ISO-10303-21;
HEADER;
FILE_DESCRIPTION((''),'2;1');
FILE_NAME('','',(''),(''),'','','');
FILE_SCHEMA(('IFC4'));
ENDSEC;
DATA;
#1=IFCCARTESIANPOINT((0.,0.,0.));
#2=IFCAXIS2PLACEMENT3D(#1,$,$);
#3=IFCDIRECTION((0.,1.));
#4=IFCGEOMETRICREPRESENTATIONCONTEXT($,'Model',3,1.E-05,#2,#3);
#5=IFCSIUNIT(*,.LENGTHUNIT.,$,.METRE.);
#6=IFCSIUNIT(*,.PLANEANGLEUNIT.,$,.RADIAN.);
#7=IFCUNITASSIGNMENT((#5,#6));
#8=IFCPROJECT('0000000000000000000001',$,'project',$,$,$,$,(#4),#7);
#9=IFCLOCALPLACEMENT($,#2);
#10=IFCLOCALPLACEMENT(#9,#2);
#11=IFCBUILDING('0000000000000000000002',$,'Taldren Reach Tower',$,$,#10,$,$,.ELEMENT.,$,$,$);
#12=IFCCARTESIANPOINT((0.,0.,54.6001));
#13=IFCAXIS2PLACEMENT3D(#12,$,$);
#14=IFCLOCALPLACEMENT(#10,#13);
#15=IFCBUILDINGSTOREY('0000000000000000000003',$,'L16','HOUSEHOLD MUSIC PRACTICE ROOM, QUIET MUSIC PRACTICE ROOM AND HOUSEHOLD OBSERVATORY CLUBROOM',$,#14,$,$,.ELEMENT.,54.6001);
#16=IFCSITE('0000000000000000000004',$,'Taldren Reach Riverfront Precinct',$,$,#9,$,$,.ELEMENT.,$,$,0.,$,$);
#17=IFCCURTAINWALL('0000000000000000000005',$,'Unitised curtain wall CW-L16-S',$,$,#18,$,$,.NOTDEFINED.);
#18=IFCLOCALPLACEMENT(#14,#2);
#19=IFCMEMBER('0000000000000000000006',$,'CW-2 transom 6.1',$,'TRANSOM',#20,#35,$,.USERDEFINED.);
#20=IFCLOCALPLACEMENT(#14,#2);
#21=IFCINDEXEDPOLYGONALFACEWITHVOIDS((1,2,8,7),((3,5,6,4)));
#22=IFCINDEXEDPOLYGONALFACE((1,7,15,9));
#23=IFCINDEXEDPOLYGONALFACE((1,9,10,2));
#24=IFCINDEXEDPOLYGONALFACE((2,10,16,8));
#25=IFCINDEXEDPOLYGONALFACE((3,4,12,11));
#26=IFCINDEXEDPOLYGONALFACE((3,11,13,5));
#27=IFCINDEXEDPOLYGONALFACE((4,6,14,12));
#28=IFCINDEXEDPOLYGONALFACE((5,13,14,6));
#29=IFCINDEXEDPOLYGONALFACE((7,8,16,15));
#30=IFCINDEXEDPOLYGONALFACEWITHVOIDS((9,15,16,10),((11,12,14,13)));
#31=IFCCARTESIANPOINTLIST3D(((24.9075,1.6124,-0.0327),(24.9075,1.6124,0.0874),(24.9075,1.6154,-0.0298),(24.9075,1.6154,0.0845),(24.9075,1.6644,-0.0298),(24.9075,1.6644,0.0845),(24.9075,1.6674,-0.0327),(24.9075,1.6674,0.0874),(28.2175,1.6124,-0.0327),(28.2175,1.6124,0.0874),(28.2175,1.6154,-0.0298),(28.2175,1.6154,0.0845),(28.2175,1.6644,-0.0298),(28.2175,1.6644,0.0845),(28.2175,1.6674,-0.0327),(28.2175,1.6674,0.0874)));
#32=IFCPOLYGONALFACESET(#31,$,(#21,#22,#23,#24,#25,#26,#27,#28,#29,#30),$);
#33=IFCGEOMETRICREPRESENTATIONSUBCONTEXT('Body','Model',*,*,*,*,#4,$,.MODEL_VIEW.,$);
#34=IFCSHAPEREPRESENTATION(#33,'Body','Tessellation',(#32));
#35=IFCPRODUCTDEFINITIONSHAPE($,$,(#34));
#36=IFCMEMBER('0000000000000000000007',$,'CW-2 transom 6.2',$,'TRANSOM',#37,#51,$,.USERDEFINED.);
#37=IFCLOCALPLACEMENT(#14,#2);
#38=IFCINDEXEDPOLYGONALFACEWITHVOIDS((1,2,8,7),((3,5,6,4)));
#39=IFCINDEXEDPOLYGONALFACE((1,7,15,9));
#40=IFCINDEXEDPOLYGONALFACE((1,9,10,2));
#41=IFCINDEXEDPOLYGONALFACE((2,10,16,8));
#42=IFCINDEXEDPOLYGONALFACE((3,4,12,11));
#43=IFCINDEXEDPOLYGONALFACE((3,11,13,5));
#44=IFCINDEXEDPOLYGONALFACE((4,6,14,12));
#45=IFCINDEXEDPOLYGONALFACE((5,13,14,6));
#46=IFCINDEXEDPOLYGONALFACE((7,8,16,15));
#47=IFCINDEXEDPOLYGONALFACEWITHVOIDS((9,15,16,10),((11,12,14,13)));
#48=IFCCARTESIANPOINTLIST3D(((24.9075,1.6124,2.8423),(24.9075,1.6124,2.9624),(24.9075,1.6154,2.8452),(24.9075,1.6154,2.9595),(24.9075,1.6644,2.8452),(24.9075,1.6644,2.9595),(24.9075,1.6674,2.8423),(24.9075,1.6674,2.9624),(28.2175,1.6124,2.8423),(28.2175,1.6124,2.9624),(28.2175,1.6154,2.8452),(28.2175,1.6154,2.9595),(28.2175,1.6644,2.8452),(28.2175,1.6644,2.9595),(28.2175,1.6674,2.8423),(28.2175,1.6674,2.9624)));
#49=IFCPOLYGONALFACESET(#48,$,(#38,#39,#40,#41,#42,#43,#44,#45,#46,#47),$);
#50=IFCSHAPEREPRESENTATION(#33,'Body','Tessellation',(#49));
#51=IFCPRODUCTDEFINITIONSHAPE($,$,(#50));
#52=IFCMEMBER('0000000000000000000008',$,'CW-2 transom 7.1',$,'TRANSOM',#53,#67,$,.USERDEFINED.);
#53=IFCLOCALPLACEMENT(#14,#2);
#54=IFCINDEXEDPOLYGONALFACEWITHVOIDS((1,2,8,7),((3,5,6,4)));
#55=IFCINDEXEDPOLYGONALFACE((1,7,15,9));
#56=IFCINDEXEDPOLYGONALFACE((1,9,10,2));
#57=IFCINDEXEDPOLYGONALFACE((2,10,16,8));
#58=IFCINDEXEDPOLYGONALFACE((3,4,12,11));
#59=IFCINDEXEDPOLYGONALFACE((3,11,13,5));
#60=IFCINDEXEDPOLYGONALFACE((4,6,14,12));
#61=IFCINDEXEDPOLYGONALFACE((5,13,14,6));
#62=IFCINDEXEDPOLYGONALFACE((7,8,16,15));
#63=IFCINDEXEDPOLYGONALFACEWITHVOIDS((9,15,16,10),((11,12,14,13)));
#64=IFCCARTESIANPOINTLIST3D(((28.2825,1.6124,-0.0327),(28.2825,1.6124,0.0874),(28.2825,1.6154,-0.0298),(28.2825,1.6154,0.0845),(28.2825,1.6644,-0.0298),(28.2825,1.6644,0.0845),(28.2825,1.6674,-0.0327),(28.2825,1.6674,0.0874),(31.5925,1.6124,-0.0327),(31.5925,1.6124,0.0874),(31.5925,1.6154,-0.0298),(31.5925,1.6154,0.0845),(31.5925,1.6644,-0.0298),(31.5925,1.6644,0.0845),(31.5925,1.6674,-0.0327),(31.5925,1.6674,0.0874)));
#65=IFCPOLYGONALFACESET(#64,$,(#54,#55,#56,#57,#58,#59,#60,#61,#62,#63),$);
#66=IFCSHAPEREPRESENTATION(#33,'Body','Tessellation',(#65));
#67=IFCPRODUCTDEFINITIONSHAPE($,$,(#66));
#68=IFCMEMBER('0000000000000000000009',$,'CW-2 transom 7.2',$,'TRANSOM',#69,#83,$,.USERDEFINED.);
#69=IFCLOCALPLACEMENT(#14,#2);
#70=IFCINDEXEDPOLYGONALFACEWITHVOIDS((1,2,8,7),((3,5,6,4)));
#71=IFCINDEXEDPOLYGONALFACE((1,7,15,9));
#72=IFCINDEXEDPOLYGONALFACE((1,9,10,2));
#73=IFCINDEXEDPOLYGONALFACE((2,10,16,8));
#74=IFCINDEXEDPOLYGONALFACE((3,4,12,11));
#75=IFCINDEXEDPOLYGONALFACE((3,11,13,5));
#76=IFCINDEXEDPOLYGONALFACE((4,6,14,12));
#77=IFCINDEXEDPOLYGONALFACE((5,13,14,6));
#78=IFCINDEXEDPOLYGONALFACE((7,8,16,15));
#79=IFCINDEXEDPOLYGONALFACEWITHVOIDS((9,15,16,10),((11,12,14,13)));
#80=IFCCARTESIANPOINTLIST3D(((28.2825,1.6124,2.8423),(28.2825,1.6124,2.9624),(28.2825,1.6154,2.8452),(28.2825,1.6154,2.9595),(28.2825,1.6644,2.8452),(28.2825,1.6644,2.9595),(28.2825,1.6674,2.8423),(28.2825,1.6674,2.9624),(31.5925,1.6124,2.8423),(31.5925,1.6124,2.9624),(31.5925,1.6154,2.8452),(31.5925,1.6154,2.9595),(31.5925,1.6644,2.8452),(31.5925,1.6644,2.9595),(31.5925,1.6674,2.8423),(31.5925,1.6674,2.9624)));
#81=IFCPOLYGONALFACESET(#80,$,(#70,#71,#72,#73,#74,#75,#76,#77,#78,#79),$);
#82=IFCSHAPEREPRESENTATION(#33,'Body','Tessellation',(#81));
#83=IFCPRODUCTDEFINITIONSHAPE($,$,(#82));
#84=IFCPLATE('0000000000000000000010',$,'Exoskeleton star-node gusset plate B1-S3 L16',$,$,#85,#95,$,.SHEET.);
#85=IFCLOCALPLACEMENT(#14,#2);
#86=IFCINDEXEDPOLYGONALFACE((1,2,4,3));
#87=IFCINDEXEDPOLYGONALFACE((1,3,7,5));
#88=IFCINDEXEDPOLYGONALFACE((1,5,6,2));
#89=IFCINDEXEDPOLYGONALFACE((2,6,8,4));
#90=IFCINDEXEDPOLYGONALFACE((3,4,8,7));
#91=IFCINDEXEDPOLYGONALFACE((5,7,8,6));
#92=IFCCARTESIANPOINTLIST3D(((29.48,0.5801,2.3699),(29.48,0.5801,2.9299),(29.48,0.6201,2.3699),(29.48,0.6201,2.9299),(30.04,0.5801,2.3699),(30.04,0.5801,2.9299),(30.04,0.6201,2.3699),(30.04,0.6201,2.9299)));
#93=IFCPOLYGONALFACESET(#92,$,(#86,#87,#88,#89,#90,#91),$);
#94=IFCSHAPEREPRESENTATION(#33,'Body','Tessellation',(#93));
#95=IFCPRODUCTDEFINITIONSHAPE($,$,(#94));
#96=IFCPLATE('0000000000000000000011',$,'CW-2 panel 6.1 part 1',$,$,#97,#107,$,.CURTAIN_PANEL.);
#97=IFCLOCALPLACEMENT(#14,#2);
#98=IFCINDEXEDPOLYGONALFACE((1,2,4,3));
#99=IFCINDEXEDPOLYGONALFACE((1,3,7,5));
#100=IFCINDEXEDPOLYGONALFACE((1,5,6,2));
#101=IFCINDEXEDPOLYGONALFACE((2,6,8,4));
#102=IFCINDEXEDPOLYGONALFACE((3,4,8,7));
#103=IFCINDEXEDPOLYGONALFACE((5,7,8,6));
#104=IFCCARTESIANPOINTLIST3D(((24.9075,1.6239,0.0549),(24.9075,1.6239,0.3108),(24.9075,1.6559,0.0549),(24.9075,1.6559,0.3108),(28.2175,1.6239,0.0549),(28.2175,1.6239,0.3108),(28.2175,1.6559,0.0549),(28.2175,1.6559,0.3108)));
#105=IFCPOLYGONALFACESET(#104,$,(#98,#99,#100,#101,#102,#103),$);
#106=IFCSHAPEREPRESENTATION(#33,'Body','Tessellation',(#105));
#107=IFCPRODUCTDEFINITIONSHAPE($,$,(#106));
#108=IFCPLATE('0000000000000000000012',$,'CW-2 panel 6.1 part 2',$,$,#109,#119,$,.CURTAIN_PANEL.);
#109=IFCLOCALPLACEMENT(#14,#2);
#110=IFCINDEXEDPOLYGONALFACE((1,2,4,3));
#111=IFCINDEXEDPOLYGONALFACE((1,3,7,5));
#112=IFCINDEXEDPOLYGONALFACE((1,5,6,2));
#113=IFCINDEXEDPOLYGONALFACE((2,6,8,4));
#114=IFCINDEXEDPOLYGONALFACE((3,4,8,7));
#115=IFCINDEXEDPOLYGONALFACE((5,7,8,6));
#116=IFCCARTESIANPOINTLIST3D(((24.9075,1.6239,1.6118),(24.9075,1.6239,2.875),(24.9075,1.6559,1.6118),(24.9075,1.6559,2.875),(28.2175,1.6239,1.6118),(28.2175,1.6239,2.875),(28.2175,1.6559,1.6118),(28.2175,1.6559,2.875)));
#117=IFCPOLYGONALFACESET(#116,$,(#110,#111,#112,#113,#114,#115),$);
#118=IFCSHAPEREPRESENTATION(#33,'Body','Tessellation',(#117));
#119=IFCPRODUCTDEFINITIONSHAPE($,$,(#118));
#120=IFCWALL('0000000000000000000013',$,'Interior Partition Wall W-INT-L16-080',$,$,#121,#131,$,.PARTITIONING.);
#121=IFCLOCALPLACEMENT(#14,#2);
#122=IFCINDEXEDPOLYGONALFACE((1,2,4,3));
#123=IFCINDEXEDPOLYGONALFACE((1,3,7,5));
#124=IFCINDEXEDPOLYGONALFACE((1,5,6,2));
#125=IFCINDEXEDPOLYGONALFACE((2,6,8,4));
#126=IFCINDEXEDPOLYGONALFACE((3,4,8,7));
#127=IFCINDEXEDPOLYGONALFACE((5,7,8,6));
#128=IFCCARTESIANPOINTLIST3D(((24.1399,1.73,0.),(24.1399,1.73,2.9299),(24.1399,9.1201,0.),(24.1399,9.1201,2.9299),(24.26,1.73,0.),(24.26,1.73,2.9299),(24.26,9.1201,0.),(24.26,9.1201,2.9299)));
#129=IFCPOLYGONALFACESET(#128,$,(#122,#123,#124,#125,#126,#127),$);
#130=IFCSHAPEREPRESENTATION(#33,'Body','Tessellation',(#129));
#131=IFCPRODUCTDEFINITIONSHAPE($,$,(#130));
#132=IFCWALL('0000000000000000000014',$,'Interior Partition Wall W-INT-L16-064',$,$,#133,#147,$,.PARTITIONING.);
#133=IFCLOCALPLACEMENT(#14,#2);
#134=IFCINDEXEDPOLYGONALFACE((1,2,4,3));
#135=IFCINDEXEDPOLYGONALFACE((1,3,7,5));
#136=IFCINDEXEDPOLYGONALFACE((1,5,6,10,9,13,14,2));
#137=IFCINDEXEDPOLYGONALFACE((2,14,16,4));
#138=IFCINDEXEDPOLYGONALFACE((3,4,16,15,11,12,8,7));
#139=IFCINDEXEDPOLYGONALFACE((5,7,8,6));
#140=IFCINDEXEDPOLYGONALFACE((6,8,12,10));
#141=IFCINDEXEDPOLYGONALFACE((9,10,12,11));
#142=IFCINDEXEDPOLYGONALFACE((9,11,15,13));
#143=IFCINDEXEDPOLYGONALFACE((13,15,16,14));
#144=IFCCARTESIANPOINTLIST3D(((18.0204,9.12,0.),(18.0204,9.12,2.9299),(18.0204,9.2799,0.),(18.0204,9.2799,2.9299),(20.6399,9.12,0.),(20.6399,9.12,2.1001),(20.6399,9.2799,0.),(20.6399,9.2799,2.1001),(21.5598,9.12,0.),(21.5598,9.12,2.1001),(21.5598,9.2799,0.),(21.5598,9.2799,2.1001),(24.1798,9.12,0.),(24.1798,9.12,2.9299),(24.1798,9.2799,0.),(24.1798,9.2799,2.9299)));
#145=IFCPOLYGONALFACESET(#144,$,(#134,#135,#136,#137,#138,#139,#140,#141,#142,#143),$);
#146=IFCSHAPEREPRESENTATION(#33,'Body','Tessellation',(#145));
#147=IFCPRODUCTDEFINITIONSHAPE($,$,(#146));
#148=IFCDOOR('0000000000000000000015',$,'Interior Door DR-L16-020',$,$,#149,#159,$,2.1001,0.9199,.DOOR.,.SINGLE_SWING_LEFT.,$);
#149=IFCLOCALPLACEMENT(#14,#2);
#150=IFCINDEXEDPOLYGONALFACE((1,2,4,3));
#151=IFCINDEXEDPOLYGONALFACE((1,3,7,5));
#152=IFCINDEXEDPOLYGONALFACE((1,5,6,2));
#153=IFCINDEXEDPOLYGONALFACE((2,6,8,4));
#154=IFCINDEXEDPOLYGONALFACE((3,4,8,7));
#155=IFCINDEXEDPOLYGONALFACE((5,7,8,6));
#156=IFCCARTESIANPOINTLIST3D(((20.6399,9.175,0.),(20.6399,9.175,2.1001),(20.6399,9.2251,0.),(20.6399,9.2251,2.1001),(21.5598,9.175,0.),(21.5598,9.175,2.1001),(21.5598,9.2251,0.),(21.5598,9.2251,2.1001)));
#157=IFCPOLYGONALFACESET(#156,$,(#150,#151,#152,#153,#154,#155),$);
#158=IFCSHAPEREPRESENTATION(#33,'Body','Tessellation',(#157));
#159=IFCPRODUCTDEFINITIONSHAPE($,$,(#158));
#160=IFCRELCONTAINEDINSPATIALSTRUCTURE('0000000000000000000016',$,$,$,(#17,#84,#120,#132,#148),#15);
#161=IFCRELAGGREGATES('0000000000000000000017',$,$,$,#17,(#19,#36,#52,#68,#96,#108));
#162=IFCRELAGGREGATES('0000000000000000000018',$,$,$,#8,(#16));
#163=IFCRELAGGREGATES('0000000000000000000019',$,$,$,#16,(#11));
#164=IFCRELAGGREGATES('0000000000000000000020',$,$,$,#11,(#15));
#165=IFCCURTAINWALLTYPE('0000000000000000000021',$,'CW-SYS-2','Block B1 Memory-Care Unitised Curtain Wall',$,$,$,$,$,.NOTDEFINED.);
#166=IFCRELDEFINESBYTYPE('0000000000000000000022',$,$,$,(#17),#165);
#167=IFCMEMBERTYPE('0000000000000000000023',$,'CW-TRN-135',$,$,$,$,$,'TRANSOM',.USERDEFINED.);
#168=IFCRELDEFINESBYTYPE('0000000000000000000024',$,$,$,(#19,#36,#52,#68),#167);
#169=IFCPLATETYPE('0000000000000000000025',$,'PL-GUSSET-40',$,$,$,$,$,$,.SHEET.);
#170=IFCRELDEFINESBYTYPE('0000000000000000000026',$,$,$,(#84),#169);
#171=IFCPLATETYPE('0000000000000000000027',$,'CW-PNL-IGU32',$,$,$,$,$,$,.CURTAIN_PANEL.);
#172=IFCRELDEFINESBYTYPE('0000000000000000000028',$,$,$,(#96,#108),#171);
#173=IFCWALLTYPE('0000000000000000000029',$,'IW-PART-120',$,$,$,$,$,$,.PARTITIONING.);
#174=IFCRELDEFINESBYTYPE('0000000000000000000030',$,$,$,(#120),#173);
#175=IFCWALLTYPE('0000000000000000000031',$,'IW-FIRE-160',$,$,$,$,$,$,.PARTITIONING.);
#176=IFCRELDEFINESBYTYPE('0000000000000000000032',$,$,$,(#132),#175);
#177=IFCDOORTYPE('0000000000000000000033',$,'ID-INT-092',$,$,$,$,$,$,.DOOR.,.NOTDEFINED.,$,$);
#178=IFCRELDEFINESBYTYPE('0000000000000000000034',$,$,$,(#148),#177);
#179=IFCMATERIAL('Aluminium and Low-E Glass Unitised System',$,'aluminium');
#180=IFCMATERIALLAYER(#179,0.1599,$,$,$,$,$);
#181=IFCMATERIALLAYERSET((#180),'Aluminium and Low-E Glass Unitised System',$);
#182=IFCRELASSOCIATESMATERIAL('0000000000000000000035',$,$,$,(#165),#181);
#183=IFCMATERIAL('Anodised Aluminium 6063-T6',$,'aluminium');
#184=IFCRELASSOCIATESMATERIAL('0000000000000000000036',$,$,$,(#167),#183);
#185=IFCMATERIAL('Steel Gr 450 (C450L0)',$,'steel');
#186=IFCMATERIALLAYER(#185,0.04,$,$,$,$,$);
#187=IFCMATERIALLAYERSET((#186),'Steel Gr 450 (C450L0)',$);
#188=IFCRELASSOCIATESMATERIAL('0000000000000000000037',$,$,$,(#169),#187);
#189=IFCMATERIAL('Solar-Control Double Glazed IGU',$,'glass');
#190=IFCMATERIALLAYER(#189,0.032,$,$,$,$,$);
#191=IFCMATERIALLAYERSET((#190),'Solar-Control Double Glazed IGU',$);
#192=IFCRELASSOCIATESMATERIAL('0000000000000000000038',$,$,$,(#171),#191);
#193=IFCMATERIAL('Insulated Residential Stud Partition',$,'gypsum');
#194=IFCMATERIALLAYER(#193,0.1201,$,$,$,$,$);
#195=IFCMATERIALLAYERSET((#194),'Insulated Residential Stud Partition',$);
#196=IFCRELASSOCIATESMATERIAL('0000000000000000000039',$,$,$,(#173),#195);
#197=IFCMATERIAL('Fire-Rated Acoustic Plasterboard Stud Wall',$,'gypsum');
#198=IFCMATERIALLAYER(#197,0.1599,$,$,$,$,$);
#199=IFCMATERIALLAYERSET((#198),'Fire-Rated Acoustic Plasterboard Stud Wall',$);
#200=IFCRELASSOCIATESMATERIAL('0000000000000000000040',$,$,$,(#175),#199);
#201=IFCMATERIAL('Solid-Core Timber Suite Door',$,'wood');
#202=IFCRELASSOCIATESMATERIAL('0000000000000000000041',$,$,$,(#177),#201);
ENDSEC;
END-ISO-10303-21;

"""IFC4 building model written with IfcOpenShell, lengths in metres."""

from ifc_helpers import new_model, si_unit, direction, frame, frame_2d, origin, origin_2d, place, context, subcontext, project, spatial, rectangle, hollow_rectangle, extrude, source, transform, mapped, material, layer, layer_set, material_profile, profile_set, type_object, element, fill, aggregate, save


model = new_model("IFC4")

# Units and contexts
model_context = context("Model", 3, precision=1e-05, world=origin(), true_north=direction((0.0, 1.0)))
body_context = subcontext(model_context, "Body", "Model", "MODEL_VIEW")
ifc_project = project(units=[si_unit("LENGTHUNIT", "METRE"), si_unit("PLANEANGLEUNIT", "RADIAN")], contexts=[model_context])

# Site, building, storey
site_placement = place(None, origin())
site = spatial("IfcSite", under=ifc_project, at=site_placement, Name="Taldren Reach Riverfront Precinct", CompositionType="ELEMENT", RefElevation=0.0)
building_placement = place(site_placement, origin())
building = spatial("IfcBuilding", under=site, at=building_placement, Name="Taldren Reach Tower", CompositionType="ELEMENT")
storey_placement = place(building_placement, frame((0.0, 0.0, 54.6001)))
storey = spatial("IfcBuildingStorey", under=building, at=storey_placement, Name="L16", Description="HOUSEHOLD MUSIC PRACTICE ROOM, QUIET MUSIC PRACTICE ROOM AND HOUSEHOLD OBSERVATORY CLUBROOM", CompositionType="ELEMENT", Elevation=54.6001)

# Shared definitions
ifc_material_1 = material(Name="Steel Gr 450 (C450L0)", Category="steel")

# Curtain wall, members
ifc_material_2 = material(Name="Aluminium and Low-E Glass Unitised System", Category="aluminium")
ifc_layer_1 = layer(ifc_material_2, 0.1599)
ifc_layer_set_1 = layer_set([ifc_layer_1], Name="Aluminium and Low-E Glass Unitised System")
curtain_wall_type = type_object("IfcCurtainWallType", Name="CW-SYS-2", Description="Block B1 Memory-Care Unitised Curtain Wall", PredefinedType="NOTDEFINED", material=ifc_layer_set_1)
curtain_wall_placement = place(storey_placement, origin())
curtain_wall = element("IfcCurtainWall", 1, at=curtain_wall_placement, inside=storey, type_object=curtain_wall_type, Name="Unitised curtain wall CW-L16-S", PredefinedType="NOTDEFINED")
ifc_material_3 = material(Name="Anodised Aluminium 6063-T6", Category="aluminium")
ifc_material_profile_1 = material_profile(ifc_material_3, hollow_rectangle(XDim=0.0549, YDim=0.1201, WallThickness=0.0029, at=origin_2d()), Name="ALU-120x55x3RHS")
ifc_profile_set_1 = profile_set([ifc_material_profile_1], Name="Anodised Aluminium 6063-T6")
member_type_1 = type_object("IfcMemberType", Name="CW-TRN-135", ElementType="TRANSOM", PredefinedType="USERDEFINED", material=ifc_profile_set_1)
shared_shape_1 = source(origin(), body_context, "Body", "SweptSolid", [
    extrude(hollow_rectangle(XDim=0.0549, YDim=0.1201, WallThickness=0.0029, at=origin_2d()), origin(), (0.0, 0.0, 1.0), 3.3101),
])
member_1_placement = place(storey_placement, frame((24.9075, 1.6399, 0.0273), z_axis=(1.0, 0.0, 0.0), x_axis=(0.0, 1.0, 0.0)))
member_1 = element("IfcMember", 2, at=member_1_placement, type_object=member_type_1, Name="CW-2 transom 6.1", ObjectType="TRANSOM", PredefinedType="USERDEFINED", context=body_context, shape_type="MappedRepresentation", body=[
    mapped(shared_shape_1, transform((0.0, 0.0, 0.0), scale=1.0)),
])
member_2_placement = place(storey_placement, frame((24.9075, 1.6399, 2.9023), z_axis=(1.0, 0.0, 0.0), x_axis=(0.0, 1.0, 0.0)))
member_2 = element("IfcMember", 3, at=member_2_placement, type_object=member_type_1, Name="CW-2 transom 6.2", ObjectType="TRANSOM", PredefinedType="USERDEFINED", context=body_context, shape_type="MappedRepresentation", body=[
    mapped(shared_shape_1, transform((0.0, 0.0, 0.0), scale=1.0)),
])
member_3_placement = place(storey_placement, frame((28.2825, 1.6399, 0.0273), z_axis=(1.0, 0.0, 0.0), x_axis=(0.0, 1.0, 0.0)))
member_3 = element("IfcMember", 4, at=member_3_placement, type_object=member_type_1, Name="CW-2 transom 7.1", ObjectType="TRANSOM", PredefinedType="USERDEFINED", context=body_context, shape_type="MappedRepresentation", body=[
    mapped(shared_shape_1, transform((0.0, 0.0, 0.0), scale=1.0)),
])
member_4_placement = place(storey_placement, frame((28.2825, 1.6399, 2.9023), z_axis=(1.0, 0.0, 0.0), x_axis=(0.0, 1.0, 0.0)))
member_4 = element("IfcMember", 5, at=member_4_placement, type_object=member_type_1, Name="CW-2 transom 7.2", ObjectType="TRANSOM", PredefinedType="USERDEFINED", context=body_context, shape_type="MappedRepresentation", body=[
    mapped(shared_shape_1, transform((0.0, 0.0, 0.0), scale=1.0)),
])

# Plates
ifc_layer_2 = layer(ifc_material_1, 0.04)
ifc_layer_set_2 = layer_set([ifc_layer_2], Name="Steel Gr 450 (C450L0)")
plate_type_1 = type_object("IfcPlateType", Name="PL-GUSSET-40", PredefinedType="SHEET", material=ifc_layer_set_2)
shared_shape_2 = source(origin(), body_context, "Body", "SweptSolid", [
    extrude(rectangle(XDim=0.5601, YDim=0.04, at=origin_2d()), origin(), (0.0, 0.0, 1.0), 0.5601),
])
plate_1_placement = place(storey_placement, frame((29.76, 0.6001, 2.3699), z_axis=(0.0, 0.0, 1.0), x_axis=(1.0, 0.0, 0.0)))
element("IfcPlate", 6, at=plate_1_placement, inside=storey, type_object=plate_type_1, Name="Exoskeleton star-node gusset plate B1-S3 L16", PredefinedType="SHEET", context=body_context, shape_type="MappedRepresentation", body=[
    mapped(shared_shape_2, transform((0.0, 0.0, 0.0), scale=1.0)),
])
ifc_material_4 = material(Name="Solar-Control Double Glazed IGU", Category="glass")
ifc_layer_3 = layer(ifc_material_4, 0.032)
ifc_layer_set_3 = layer_set([ifc_layer_3], Name="Solar-Control Double Glazed IGU")
plate_type_2 = type_object("IfcPlateType", Name="CW-PNL-IGU32", PredefinedType="CURTAIN_PANEL", material=ifc_layer_set_3)
shared_shape_3 = source(origin(), body_context, "Body", "SweptSolid", [
    extrude(rectangle(XDim=3.3101, YDim=0.032, at=origin_2d()), origin(), (0.0, 0.0, 1.0), 0.2559),
])
plate_2_placement = place(storey_placement, frame((26.5625, 1.6399, 0.0549), z_axis=(0.0, 0.0, 1.0), x_axis=(1.0, 0.0, 0.0)))
plate_2 = element("IfcPlate", 7, at=plate_2_placement, type_object=plate_type_2, Name="CW-2 panel 6.1 part 1", PredefinedType="CURTAIN_PANEL", context=body_context, shape_type="MappedRepresentation", body=[
    mapped(shared_shape_3, transform((0.0, 0.0, 0.0), scale=1.0)),
])
shared_shape_4 = source(origin(), body_context, "Body", "SweptSolid", [
    extrude(rectangle(XDim=3.3101, YDim=0.032, at=origin_2d()), origin(), (0.0, 0.0, 1.0), 1.2632),
])
plate_3_placement = place(storey_placement, frame((26.5625, 1.6399, 1.6118), z_axis=(0.0, 0.0, 1.0), x_axis=(1.0, 0.0, 0.0)))
plate_3 = element("IfcPlate", 8, at=plate_3_placement, type_object=plate_type_2, Name="CW-2 panel 6.1 part 2", PredefinedType="CURTAIN_PANEL", context=body_context, shape_type="MappedRepresentation", body=[
    mapped(shared_shape_4, transform((0.0, 0.0, 0.0), scale=1.0)),
])
aggregate(curtain_wall, [member_1, member_2, member_3, member_4, plate_2, plate_3])

# Wall
ifc_material_5 = material(Name="Insulated Residential Stud Partition", Category="gypsum")
ifc_layer_4 = layer(ifc_material_5, 0.1201)
ifc_layer_set_4 = layer_set([ifc_layer_4], Name="Insulated Residential Stud Partition")
wall_type_1 = type_object("IfcWallType", Name="IW-PART-120", PredefinedType="PARTITIONING", material=ifc_layer_set_4)
shared_shape_5 = source(origin(), body_context, "Body", "SweptSolid", [
    extrude(rectangle(XDim=7.3901, YDim=0.1201, at=frame_2d((3.6951, 0.0))), origin(), (0.0, 0.0, 1.0), 2.9299),
])
wall_1_placement = place(storey_placement, frame((24.2, 9.1201, 0.0), z_axis=(0.0, 0.0, 1.0), x_axis=(0.0, -1.0, 0.0)))
element("IfcWall", 9, at=wall_1_placement, inside=storey, type_object=wall_type_1, Name="Interior Partition Wall W-INT-L16-080", PredefinedType="PARTITIONING", context=body_context, shape_type="MappedRepresentation", body=[
    mapped(shared_shape_5, transform((0.0, 0.0, 0.0), scale=1.0)),
])

# Wall, opening, door
ifc_material_6 = material(Name="Fire-Rated Acoustic Plasterboard Stud Wall", Category="gypsum")
ifc_layer_5 = layer(ifc_material_6, 0.1599)
ifc_layer_set_5 = layer_set([ifc_layer_5], Name="Fire-Rated Acoustic Plasterboard Stud Wall")
wall_type_2 = type_object("IfcWallType", Name="IW-FIRE-160", PredefinedType="PARTITIONING", material=ifc_layer_set_5)
shared_shape_6 = source(origin(), body_context, "Body", "SweptSolid", [
    extrude(rectangle(XDim=6.1594, YDim=0.1599, at=frame_2d((3.0796, 0.0))), origin(), (0.0, 0.0, 1.0), 2.9299),
])
wall_2_placement = place(storey_placement, frame((24.1797, 9.2, 0.0), z_axis=(0.0, 0.0, 1.0), x_axis=(-1.0, 0.0, 0.0)))
wall_2 = element("IfcWall", 10, at=wall_2_placement, inside=storey, type_object=wall_type_2, Name="Interior Partition Wall W-INT-L16-064", PredefinedType="PARTITIONING", context=body_context, shape_type="MappedRepresentation", body=[
    mapped(shared_shape_6, transform((0.0, 0.0, 0.0), scale=1.0)),
])
shared_shape_7 = source(origin(), body_context, "Body", "SweptSolid", [
    extrude(rectangle(XDim=0.9199, YDim=2.1001, at=frame_2d((0.46, 1.05))), frame((0.0, 0.0898, 0.0), z_axis=(0.0, -1.0, 0.0), x_axis=(1.0, 0.0, 0.0)), (0.0, 0.0, 1.0), 0.1799),
])
opening_1_placement = place(wall_2_placement, frame((2.6199, 0.0, 0.0)))
opening_1 = element("IfcOpeningElement", 11, at=opening_1_placement, cuts=wall_2, PredefinedType="OPENING", context=body_context, shape_type="MappedRepresentation", body=[
    mapped(shared_shape_7, transform((0.0, 0.0, 0.0), scale=1.0)),
])
ifc_material_7 = material(Name="Solid-Core Timber Suite Door", Category="wood")
door_type = type_object("IfcDoorType", Name="ID-INT-092", OperationType="NOTDEFINED", PredefinedType="DOOR", material=ifc_material_7)
shared_shape_8 = source(origin(), body_context, "Body", "SweptSolid", [
    extrude(rectangle(XDim=0.9199, YDim=2.1001, at=frame_2d((0.46, 1.05))), frame((0.0, 0.0249, 0.0), z_axis=(0.0, -1.0, 0.0), x_axis=(1.0, 0.0, 0.0)), (0.0, 0.0, 1.0), 0.05),
])
door_1_placement = place(opening_1_placement, origin())
door_1 = element("IfcDoor", 12, at=door_1_placement, inside=storey, type_object=door_type, Name="Interior Door DR-L16-020", OperationType="SINGLE_SWING_LEFT", OverallHeight=2.1001, OverallWidth=0.9199, PredefinedType="DOOR", context=body_context, shape_type="MappedRepresentation", body=[
    mapped(shared_shape_8, transform((0.0, 0.0, 0.0), scale=1.0)),
])
fill(opening_1, door_1)

save(model, "model.ifc")
